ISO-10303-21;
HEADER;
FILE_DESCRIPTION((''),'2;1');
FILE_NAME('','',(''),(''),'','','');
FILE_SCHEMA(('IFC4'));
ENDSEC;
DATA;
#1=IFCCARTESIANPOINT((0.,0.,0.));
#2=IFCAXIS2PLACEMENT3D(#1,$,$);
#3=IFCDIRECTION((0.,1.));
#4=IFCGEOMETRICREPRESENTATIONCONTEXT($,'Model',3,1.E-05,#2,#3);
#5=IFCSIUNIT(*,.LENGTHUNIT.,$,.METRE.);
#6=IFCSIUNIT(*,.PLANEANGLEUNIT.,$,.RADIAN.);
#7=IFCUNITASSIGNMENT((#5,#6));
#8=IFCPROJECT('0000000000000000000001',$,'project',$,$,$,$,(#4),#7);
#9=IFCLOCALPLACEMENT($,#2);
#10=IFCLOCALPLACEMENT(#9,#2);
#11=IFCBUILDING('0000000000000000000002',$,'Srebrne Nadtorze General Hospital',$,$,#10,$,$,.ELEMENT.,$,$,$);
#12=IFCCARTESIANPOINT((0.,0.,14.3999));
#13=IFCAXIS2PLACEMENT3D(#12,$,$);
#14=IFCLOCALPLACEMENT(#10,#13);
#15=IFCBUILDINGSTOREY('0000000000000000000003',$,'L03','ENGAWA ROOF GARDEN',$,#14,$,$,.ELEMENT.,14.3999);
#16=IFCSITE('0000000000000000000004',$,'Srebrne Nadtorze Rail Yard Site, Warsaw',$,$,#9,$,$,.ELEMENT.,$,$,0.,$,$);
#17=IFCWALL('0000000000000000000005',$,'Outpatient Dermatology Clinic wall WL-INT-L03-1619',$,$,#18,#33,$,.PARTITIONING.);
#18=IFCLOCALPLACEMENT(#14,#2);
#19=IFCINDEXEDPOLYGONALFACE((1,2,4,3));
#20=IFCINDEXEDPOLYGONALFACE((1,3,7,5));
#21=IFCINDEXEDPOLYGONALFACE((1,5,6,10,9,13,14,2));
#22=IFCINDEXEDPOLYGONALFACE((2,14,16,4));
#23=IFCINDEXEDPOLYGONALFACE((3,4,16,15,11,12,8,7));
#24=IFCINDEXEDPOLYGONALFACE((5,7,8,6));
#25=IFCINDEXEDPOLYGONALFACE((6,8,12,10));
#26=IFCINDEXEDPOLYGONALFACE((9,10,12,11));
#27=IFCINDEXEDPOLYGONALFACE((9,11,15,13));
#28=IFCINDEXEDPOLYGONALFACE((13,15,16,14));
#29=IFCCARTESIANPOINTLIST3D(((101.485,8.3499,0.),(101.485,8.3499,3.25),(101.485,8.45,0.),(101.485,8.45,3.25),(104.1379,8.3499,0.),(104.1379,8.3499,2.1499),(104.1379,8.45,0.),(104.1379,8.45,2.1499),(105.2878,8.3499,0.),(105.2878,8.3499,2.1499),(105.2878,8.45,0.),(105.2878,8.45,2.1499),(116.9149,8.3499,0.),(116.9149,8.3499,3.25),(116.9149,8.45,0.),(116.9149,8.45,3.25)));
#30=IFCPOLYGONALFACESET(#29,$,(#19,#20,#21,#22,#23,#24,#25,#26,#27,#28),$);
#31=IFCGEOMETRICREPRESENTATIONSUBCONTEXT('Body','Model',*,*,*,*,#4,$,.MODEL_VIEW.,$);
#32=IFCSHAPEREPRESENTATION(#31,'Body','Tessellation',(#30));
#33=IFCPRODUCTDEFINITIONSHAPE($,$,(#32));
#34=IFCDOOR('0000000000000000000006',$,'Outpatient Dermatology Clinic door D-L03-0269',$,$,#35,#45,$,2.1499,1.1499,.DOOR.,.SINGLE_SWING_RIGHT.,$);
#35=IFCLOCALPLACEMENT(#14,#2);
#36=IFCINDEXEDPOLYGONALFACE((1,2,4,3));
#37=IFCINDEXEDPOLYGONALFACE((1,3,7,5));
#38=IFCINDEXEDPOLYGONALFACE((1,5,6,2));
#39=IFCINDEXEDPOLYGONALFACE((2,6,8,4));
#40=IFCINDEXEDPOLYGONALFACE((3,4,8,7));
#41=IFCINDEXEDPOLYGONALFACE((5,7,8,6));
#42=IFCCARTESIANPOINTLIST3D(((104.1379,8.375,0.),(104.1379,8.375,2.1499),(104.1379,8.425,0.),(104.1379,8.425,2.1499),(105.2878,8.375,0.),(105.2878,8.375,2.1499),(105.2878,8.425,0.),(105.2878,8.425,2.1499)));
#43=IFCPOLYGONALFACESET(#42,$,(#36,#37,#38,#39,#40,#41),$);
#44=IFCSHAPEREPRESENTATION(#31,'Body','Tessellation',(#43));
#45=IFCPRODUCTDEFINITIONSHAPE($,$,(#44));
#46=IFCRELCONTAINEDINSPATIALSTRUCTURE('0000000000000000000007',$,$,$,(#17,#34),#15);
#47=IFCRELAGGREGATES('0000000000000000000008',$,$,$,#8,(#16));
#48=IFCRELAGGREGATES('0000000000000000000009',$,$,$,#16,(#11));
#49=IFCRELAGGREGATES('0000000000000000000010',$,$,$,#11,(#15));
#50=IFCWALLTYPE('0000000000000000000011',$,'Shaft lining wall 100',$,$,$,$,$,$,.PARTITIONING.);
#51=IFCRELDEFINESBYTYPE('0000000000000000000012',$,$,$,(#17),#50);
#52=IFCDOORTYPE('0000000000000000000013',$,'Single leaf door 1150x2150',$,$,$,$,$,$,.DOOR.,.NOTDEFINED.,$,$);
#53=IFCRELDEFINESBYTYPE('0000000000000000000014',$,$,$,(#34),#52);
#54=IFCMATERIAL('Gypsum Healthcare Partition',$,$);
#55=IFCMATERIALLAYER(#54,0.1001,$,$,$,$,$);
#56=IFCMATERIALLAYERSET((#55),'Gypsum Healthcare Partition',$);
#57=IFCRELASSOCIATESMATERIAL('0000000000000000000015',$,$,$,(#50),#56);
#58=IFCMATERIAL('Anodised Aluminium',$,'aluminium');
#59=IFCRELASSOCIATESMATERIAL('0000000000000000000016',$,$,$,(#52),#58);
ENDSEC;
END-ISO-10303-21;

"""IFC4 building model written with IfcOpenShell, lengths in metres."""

from ifc_helpers import new_model, si_unit, direction, frame, frame_2d, origin, place, context, subcontext, project, spatial, rectangle, extrude, material, layer, layer_set, type_object, element, fill, save


model = new_model("IFC4")

# Units and contexts
model_context = context("Model", 3, precision=1e-05, world=origin(), true_north=direction((0.0, 1.0)))
body_context = subcontext(model_context, "Body", "Model", "MODEL_VIEW")
ifc_project = project(units=[si_unit("LENGTHUNIT", "METRE"), si_unit("PLANEANGLEUNIT", "RADIAN")], contexts=[model_context])

# Site, building, storey
site_placement = place(None, origin())
site = spatial("IfcSite", under=ifc_project, at=site_placement, Name="Srebrne Nadtorze Rail Yard Site, Warsaw", CompositionType="ELEMENT", RefElevation=0.0)
building_placement = place(site_placement, origin())
building = spatial("IfcBuilding", under=site, at=building_placement, Name="Srebrne Nadtorze General Hospital", CompositionType="ELEMENT")
storey_placement = place(building_placement, frame((0.0, 0.0, 14.3999)))
storey = spatial("IfcBuildingStorey", under=building, at=storey_placement, Name="L03", Description="ENGAWA ROOF GARDEN", CompositionType="ELEMENT", Elevation=14.3999)

# Wall, opening, door
ifc_material_1 = material(Name="Gypsum Healthcare Partition")
ifc_layer_1 = layer(ifc_material_1, 0.1001)
ifc_layer_set_1 = layer_set([ifc_layer_1], Name="Gypsum Healthcare Partition")
wall_type_1 = type_object("IfcWallType", Name="Shaft lining wall 100", PredefinedType="PARTITIONING", material=ifc_layer_set_1)
wall_1_placement = place(storey_placement, frame((101.4851, 8.3999, 0.0), z_axis=(0.0, 0.0, 1.0), x_axis=(1.0, 0.0, 0.0)))
wall_1 = element("IfcWall", 1, at=wall_1_placement, inside=storey, type_object=wall_type_1, Name="Outpatient Dermatology Clinic wall WL-INT-L03-1619", PredefinedType="PARTITIONING", context=body_context, shape_type="SweptSolid", body=[
    extrude(rectangle(XDim=15.4299, YDim=0.1001, at=frame_2d((7.7148, 0.0))), origin(), (0.0, 0.0, 1.0), 3.25),
])
opening_1_placement = place(wall_1_placement, frame((2.6528, 0.0, 0.0)))
opening_1 = element("IfcOpeningElement", 2, at=opening_1_placement, cuts=wall_1, PredefinedType="OPENING", context=body_context, shape_type="SweptSolid", body=[
    extrude(rectangle(XDim=1.1499, YDim=2.1499, at=frame_2d((0.575, 1.075))), frame((0.0, 0.062, 0.0), z_axis=(0.0, -1.0, 0.0), x_axis=(1.0, 0.0, 0.0)), (0.0, 0.0, 1.0), 0.124),
])
ifc_material_2 = material(Name="Anodised Aluminium", Category="aluminium")
door_type = type_object("IfcDoorType", Name="Single leaf door 1150x2150", OperationType="NOTDEFINED", PredefinedType="DOOR", material=ifc_material_2)
door_placement = place(opening_1_placement, frame((1.1499, 0.0, 0.0), z_axis=(0.0, 0.0, 1.0), x_axis=(-1.0, 0.0, 0.0)))
door = element("IfcDoor", 3, at=door_placement, inside=storey, type_object=door_type, Name="Outpatient Dermatology Clinic door D-L03-0269", OperationType="SINGLE_SWING_RIGHT", OverallHeight=2.1499, OverallWidth=1.1499, PredefinedType="DOOR", context=body_context, shape_type="SweptSolid", body=[
    extrude(rectangle(XDim=1.1499, YDim=2.1499, at=frame_2d((0.575, 1.075))), frame((0.0, 0.0249, 0.0), z_axis=(0.0, -1.0, 0.0), x_axis=(1.0, 0.0, 0.0)), (0.0, 0.0, 1.0), 0.05),
])
fill(opening_1, door)

save(model, "model.ifc")
